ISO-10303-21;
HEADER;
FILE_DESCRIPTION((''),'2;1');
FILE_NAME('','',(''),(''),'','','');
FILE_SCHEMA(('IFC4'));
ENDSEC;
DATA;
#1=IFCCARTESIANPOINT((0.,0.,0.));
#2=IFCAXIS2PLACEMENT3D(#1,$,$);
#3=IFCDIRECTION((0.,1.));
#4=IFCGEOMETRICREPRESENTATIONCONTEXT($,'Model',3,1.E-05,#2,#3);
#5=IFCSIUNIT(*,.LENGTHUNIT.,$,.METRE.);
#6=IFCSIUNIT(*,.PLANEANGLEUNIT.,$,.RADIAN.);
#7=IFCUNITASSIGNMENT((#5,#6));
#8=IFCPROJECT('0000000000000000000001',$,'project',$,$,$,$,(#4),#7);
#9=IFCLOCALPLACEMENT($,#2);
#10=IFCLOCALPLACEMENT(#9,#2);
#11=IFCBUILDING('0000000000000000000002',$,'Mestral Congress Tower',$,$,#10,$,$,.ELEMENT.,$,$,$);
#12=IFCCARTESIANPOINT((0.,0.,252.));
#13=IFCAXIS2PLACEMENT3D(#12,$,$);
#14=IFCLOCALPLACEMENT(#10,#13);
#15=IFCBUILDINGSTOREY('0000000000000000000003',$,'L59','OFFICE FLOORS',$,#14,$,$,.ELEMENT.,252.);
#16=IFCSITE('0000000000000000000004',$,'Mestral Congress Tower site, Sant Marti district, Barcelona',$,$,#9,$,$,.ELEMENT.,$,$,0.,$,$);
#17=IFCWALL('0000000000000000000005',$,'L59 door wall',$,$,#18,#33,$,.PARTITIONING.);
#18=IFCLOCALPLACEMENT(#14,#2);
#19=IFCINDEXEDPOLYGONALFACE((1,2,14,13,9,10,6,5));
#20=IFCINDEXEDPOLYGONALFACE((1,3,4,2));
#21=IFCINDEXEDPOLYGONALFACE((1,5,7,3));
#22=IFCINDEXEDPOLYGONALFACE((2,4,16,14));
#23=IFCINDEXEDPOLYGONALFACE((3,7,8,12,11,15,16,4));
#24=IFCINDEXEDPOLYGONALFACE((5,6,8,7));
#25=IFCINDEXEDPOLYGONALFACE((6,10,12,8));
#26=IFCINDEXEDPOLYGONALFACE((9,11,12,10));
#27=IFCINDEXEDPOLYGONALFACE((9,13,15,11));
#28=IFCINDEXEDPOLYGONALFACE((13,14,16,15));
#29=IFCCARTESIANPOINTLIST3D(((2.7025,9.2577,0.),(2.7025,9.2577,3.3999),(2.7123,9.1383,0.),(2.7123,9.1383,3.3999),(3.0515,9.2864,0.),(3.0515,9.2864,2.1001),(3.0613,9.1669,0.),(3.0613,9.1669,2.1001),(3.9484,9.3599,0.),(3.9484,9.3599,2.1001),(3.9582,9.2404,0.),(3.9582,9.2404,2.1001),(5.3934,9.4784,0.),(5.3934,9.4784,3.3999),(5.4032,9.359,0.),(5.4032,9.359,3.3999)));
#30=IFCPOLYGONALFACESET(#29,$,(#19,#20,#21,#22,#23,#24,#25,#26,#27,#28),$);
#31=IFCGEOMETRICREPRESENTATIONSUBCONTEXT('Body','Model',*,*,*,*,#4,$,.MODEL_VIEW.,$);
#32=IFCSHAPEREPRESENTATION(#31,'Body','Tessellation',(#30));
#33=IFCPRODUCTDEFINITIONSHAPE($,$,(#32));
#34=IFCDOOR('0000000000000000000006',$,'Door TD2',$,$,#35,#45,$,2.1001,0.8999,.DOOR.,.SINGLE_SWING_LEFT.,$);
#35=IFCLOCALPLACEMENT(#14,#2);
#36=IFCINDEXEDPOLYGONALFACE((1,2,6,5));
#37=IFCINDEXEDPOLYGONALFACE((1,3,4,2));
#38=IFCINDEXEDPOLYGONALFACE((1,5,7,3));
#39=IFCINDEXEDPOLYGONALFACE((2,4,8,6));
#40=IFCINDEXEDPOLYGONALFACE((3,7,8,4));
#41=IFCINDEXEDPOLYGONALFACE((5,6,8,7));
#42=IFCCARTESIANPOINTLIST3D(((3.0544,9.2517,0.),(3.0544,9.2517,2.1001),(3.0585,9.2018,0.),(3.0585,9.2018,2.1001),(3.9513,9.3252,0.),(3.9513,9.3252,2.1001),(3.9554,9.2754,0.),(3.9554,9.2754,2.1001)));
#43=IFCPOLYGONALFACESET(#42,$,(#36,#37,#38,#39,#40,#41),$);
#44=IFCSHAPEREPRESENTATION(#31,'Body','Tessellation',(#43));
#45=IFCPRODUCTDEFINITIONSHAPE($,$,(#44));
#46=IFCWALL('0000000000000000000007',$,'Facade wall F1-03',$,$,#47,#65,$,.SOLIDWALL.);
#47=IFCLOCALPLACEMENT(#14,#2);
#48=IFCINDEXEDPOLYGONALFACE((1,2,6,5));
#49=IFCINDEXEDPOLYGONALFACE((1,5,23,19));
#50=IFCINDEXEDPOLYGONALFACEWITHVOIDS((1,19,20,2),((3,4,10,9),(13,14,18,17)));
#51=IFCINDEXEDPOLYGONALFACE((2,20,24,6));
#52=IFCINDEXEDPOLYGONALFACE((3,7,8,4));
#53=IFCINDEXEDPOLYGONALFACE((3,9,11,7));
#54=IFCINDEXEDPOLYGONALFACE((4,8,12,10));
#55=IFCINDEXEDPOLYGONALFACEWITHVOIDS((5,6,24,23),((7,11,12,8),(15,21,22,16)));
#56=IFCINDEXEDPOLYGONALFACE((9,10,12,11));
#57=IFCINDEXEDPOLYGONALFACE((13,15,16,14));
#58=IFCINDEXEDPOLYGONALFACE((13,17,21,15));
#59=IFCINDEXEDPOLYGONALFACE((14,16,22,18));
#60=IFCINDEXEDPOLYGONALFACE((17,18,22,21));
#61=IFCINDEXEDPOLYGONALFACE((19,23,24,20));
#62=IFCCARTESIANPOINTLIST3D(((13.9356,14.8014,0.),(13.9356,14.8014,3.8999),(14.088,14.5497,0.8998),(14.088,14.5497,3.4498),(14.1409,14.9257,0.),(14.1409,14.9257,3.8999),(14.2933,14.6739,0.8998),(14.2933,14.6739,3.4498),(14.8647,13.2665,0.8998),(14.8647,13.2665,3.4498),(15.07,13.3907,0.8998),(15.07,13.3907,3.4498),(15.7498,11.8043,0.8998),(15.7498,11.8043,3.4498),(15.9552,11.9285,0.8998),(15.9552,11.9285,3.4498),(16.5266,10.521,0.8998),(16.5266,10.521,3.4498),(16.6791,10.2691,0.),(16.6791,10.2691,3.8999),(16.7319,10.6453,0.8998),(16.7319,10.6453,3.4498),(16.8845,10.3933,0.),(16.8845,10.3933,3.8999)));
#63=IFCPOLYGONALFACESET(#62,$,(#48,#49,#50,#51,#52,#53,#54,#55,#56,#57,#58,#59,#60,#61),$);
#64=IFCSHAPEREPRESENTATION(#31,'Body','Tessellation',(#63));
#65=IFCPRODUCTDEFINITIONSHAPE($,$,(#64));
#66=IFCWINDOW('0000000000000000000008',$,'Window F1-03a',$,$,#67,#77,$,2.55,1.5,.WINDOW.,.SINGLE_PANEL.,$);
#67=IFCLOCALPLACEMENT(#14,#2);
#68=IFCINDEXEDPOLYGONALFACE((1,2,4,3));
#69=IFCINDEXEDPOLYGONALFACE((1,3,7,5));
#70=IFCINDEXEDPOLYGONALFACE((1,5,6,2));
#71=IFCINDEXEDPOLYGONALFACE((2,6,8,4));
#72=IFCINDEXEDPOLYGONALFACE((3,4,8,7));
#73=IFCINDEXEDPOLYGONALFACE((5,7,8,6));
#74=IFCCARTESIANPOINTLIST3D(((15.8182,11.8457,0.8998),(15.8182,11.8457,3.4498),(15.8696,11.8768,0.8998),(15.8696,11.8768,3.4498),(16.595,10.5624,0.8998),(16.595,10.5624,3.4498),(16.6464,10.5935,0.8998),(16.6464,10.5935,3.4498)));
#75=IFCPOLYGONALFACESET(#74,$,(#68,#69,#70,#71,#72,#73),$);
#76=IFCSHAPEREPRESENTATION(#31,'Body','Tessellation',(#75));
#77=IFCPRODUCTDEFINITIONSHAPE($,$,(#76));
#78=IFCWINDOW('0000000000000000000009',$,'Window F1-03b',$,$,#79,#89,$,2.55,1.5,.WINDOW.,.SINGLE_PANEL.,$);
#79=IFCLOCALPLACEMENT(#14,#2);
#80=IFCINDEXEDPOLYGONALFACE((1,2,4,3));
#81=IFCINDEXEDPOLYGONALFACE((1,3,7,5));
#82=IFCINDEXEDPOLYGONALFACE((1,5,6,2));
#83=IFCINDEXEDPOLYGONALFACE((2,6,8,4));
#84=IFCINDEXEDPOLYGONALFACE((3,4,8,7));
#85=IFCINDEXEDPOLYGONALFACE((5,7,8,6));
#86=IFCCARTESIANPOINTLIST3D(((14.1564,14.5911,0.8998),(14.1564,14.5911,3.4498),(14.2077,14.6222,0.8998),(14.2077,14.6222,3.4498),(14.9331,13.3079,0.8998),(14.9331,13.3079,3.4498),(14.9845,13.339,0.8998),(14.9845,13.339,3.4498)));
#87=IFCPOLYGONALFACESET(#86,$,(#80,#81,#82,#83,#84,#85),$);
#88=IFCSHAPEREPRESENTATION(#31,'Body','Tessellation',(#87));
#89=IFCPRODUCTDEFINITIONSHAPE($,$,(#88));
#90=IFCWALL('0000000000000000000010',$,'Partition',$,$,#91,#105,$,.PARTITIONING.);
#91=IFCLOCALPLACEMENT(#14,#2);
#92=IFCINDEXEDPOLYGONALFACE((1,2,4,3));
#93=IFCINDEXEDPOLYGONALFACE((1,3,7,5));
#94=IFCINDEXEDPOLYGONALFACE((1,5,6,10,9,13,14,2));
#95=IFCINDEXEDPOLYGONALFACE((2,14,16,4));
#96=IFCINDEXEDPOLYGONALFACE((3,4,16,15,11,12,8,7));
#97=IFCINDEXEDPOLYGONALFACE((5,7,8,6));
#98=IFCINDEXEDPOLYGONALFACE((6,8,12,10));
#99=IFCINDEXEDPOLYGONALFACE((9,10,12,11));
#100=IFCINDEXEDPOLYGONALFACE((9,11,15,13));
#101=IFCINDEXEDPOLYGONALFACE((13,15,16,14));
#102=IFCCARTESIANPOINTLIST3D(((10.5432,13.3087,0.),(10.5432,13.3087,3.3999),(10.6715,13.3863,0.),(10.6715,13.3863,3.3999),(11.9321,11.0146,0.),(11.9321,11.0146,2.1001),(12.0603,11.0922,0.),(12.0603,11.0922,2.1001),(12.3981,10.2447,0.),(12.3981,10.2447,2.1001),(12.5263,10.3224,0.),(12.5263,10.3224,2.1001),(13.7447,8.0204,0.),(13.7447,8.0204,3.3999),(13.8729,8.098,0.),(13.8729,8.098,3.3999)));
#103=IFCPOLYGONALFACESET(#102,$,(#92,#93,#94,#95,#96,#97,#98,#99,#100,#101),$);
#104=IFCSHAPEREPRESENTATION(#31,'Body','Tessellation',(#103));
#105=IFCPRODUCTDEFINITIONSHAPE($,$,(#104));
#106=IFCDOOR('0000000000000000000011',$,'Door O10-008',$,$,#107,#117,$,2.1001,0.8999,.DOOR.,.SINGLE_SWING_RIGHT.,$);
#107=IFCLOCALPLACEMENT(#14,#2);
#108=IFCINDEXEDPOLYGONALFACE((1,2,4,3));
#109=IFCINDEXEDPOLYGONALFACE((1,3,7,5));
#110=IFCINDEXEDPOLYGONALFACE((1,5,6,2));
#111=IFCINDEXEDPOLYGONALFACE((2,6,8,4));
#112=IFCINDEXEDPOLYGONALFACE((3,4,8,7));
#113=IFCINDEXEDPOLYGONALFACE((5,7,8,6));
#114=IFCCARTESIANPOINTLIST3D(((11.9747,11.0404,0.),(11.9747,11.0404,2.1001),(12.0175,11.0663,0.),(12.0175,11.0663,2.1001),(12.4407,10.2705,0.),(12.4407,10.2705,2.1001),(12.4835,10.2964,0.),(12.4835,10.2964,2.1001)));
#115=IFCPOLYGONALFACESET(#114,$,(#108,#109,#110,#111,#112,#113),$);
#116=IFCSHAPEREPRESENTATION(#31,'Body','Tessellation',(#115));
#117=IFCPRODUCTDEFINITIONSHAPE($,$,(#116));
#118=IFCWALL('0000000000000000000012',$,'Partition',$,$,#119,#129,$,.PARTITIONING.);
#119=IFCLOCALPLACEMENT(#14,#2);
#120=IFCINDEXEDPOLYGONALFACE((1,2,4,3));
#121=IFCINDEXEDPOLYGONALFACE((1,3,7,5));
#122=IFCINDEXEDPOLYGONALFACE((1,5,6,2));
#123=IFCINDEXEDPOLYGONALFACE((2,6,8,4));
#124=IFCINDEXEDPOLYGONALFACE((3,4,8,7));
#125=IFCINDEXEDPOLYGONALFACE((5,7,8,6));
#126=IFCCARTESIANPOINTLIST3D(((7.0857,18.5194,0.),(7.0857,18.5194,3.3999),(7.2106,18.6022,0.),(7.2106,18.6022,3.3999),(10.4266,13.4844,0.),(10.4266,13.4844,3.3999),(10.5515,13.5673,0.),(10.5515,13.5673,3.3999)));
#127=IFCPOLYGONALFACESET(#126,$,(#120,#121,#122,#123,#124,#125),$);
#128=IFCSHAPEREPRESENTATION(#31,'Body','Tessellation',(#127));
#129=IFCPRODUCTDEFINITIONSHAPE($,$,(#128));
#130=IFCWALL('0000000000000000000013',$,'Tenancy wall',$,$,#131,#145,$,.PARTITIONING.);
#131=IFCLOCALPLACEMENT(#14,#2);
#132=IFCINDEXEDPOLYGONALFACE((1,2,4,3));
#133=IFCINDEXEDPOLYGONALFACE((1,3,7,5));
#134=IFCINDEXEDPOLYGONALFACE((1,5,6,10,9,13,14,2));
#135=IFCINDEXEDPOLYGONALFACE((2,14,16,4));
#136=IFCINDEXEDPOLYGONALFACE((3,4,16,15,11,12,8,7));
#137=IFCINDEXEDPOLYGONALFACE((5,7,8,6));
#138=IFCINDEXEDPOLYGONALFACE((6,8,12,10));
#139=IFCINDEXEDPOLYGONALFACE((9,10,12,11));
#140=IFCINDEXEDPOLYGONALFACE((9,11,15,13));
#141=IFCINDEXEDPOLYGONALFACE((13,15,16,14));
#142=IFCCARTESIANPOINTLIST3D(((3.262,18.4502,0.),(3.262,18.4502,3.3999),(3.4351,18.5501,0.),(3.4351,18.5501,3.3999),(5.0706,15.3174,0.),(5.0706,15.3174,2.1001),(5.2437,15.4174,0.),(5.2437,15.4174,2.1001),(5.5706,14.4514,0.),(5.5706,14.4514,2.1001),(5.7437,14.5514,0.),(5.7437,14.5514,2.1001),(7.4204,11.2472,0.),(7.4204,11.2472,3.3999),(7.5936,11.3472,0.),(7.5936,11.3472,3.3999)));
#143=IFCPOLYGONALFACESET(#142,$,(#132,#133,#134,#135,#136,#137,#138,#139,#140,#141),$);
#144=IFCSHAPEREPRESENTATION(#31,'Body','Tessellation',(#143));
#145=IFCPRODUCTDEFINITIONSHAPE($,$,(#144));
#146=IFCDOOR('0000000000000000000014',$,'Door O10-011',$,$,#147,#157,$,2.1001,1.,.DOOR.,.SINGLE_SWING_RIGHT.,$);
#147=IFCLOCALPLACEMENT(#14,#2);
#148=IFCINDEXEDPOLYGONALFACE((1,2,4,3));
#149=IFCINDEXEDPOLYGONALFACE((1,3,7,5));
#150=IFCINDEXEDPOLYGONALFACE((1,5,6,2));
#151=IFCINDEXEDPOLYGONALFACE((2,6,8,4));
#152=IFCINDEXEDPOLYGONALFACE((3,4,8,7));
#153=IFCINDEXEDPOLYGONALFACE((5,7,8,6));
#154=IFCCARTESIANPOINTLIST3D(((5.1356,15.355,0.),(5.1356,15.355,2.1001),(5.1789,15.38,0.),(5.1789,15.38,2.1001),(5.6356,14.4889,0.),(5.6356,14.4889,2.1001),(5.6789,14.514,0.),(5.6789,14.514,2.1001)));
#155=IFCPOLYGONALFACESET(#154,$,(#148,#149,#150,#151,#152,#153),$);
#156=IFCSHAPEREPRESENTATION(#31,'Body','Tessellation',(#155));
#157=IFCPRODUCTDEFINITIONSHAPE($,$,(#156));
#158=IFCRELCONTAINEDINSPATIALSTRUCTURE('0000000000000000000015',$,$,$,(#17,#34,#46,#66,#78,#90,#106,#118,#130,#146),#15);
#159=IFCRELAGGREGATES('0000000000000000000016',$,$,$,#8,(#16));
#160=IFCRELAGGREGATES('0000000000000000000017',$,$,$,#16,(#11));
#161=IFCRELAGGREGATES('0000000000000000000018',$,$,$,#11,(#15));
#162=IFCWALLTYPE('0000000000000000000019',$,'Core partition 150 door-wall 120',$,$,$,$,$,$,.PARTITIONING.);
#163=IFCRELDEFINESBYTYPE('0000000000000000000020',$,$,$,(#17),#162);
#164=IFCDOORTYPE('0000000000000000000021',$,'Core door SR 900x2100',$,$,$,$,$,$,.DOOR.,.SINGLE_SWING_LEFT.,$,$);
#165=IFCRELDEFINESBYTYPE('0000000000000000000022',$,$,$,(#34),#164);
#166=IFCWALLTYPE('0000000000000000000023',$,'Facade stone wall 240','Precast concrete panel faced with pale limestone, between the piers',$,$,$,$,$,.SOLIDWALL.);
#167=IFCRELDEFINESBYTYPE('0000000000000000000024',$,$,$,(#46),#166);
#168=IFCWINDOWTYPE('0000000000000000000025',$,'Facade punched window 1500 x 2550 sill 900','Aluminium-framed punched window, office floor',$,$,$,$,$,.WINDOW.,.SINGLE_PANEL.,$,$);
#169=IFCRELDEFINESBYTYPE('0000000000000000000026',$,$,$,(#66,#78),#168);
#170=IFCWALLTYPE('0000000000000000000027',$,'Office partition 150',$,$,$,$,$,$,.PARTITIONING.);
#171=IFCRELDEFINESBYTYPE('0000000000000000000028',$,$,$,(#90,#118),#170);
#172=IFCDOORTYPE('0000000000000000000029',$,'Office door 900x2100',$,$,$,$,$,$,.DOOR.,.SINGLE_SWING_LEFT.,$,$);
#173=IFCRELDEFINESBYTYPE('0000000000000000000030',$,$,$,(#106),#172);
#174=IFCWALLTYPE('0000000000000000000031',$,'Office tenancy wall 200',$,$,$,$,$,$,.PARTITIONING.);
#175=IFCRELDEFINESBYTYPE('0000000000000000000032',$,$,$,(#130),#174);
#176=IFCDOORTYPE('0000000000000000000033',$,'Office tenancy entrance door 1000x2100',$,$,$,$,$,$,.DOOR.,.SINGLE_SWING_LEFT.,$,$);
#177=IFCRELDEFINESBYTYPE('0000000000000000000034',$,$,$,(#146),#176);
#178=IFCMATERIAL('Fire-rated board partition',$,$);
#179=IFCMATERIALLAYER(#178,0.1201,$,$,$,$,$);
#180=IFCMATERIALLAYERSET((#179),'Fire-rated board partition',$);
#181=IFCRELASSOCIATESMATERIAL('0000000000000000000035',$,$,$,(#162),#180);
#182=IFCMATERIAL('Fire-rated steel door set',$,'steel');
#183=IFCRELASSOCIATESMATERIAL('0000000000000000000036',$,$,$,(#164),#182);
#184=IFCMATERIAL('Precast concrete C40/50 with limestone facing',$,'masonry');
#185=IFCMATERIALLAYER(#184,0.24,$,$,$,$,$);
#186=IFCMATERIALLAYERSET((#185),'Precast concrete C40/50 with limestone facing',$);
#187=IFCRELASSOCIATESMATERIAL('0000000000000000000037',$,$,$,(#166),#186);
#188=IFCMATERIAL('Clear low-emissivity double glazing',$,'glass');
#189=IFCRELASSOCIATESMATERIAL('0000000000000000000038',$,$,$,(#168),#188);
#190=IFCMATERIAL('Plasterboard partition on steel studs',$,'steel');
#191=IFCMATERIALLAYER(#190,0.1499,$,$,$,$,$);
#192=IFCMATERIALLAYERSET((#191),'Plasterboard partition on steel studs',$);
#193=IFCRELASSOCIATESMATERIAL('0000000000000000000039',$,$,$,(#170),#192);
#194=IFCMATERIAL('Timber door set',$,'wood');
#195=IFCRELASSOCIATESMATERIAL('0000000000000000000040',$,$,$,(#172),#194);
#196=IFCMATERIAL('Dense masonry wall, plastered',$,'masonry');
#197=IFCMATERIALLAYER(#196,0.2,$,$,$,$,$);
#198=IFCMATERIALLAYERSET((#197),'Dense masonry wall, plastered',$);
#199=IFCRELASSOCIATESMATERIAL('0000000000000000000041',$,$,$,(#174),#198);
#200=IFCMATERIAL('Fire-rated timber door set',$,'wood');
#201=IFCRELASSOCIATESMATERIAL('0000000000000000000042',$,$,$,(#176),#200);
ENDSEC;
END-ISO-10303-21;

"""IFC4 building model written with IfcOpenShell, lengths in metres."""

from ifc_helpers import new_model, si_unit, direction, frame, frame_2d, origin, place, context, subcontext, project, spatial, rectangle, extrude, material, layer, layer_set, type_object, element, fill, save


model = new_model("IFC4")

# Units and contexts
model_context = context("Model", 3, precision=1e-05, world=origin(), true_north=direction((0.0, 1.0)))
body_context = subcontext(model_context, "Body", "Model", "MODEL_VIEW")
ifc_project = project(units=[si_unit("LENGTHUNIT", "METRE"), si_unit("PLANEANGLEUNIT", "RADIAN")], contexts=[model_context])

# Site, building, storey
site_placement = place(None, origin())
site = spatial("IfcSite", under=ifc_project, at=site_placement, Name="Mestral Congress Tower site, Sant Marti district, Barcelona", CompositionType="ELEMENT", RefElevation=0.0)
building_placement = place(site_placement, origin())
building = spatial("IfcBuilding", under=site, at=building_placement, Name="Mestral Congress Tower", CompositionType="ELEMENT")
storey_placement = place(building_placement, frame((0.0, 0.0, 252.0)))
storey = spatial("IfcBuildingStorey", under=building, at=storey_placement, Name="L59", Description="OFFICE FLOORS", CompositionType="ELEMENT", Elevation=252.0)

# Shared definitions
ifc_material_1 = material(Name="Fire-rated board partition")

# Wall, opening, door
ifc_layer_1 = layer(ifc_material_1, 0.1201)
ifc_layer_set_1 = layer_set([ifc_layer_1], Name="Fire-rated board partition")
wall_type_1 = type_object("IfcWallType", Name="Core partition 150 door-wall 120", PredefinedType="PARTITIONING", material=ifc_layer_set_1)
wall_1_placement = place(storey_placement, frame((5.3984, 9.4187, 0.0), z_axis=(0.0, 0.0, 1.0), x_axis=(-0.996653, -0.081743, 0.0)))
wall_1 = element("IfcWall", 1, at=wall_1_placement, inside=storey, type_object=wall_type_1, Name="L59 door wall", PredefinedType="PARTITIONING", context=body_context, shape_type="SweptSolid", body=[
    extrude(rectangle(XDim=2.7, YDim=0.1199, at=frame_2d((1.3501, 0.0))), origin(), (0.0, 0.0, 1.0), 3.3999),
])
opening_1_placement = place(wall_1_placement, frame((1.45, 0.0, 0.0)))
opening_1 = element("IfcOpeningElement", 2, at=opening_1_placement, cuts=wall_1, PredefinedType="OPENING", context=body_context, shape_type="SweptSolid", body=[
    extrude(rectangle(XDim=0.8999, YDim=2.1001, at=frame_2d((0.45, 1.05))), frame((0.0, 0.0698, 0.0), z_axis=(0.0, -1.0, 0.0), x_axis=(1.0, 0.0, 0.0)), (0.0, 0.0, 1.0), 0.1399),
])
ifc_material_2 = material(Name="Fire-rated steel door set", Category="steel")
door_type_1 = type_object("IfcDoorType", Name="Core door SR 900x2100", OperationType="SINGLE_SWING_LEFT", PredefinedType="DOOR", material=ifc_material_2)
door_1_placement = place(opening_1_placement, origin())
door_1 = element("IfcDoor", 3, at=door_1_placement, inside=storey, type_object=door_type_1, Name="Door TD2", OperationType="SINGLE_SWING_LEFT", OverallHeight=2.1001, OverallWidth=0.8999, PredefinedType="DOOR", context=body_context, shape_type="SweptSolid", body=[
    extrude(rectangle(XDim=0.8999, YDim=2.1001, at=frame_2d((0.45, 1.05))), frame((0.0, 0.0249, 0.0), z_axis=(0.0, -1.0, 0.0), x_axis=(1.0, 0.0, 0.0)), (0.0, 0.0, 1.0), 0.05),
])
fill(opening_1, door_1)

# Wall, openings, windows
ifc_material_3 = material(Name="Precast concrete C40/50 with limestone facing", Category="masonry")
ifc_layer_2 = layer(ifc_material_3, 0.24)
ifc_layer_set_2 = layer_set([ifc_layer_2], Name="Precast concrete C40/50 with limestone facing")
wall_type_2 = type_object("IfcWallType", Name="Facade stone wall 240", Description="Precast concrete panel faced with pale limestone, between the piers", PredefinedType="SOLIDWALL", material=ifc_layer_set_2)
wall_2_placement = place(storey_placement, frame((16.7817, 10.3313, 0.0), z_axis=(0.0, 0.0, 1.0), x_axis=(-0.517846, 0.855474, 0.0)))
wall_2 = element("IfcWall", 4, at=wall_2_placement, inside=storey, type_object=wall_type_2, Name="Facade wall F1-03", PredefinedType="SOLIDWALL", context=body_context, shape_type="SweptSolid", body=[
    extrude(rectangle(XDim=5.2981, YDim=0.24, at=frame_2d((2.6489, 0.0))), origin(), (0.0, 0.0, 1.0), 3.8999),
])
opening_2_placement = place(wall_2_placement, frame((0.2944, 0.0, 0.8999)))
opening_2 = element("IfcOpeningElement", 5, at=opening_2_placement, cuts=wall_2, PredefinedType="OPENING", context=body_context, shape_type="SweptSolid", body=[
    extrude(rectangle(XDim=1.5, YDim=2.55, at=frame_2d((0.75, 1.2749))), frame((0.0, 0.1299, 0.0), z_axis=(0.0, -1.0, 0.0), x_axis=(1.0, 0.0, 0.0)), (0.0, 0.0, 1.0), 0.26),
])
opening_3_placement = place(wall_2_placement, frame((3.5037, 0.0, 0.8999)))
opening_3 = element("IfcOpeningElement", 6, at=opening_3_placement, cuts=wall_2, PredefinedType="OPENING", context=body_context, shape_type="SweptSolid", body=[
    extrude(rectangle(XDim=1.5, YDim=2.55, at=frame_2d((0.75, 1.2749))), frame((0.0, 0.1299, 0.0), z_axis=(0.0, -1.0, 0.0), x_axis=(1.0, 0.0, 0.0)), (0.0, 0.0, 1.0), 0.26),
])
ifc_material_4 = material(Name="Clear low-emissivity double glazing", Category="glass")
window_type = type_object("IfcWindowType", Name="Facade punched window 1500 x 2550 sill 900", Description="Aluminium-framed punched window, office floor", PartitioningType="SINGLE_PANEL", PredefinedType="WINDOW", material=ifc_material_4)
window_1_placement = place(opening_2_placement, origin())
window_1 = element("IfcWindow", 7, at=window_1_placement, inside=storey, type_object=window_type, Name="Window F1-03a", OverallHeight=2.55, OverallWidth=1.5, PartitioningType="SINGLE_PANEL", PredefinedType="WINDOW", context=body_context, shape_type="SweptSolid", body=[
    extrude(rectangle(XDim=1.5, YDim=2.55, at=frame_2d((0.75, 1.2749))), frame((0.0, 0.04, 0.0), z_axis=(0.0, -1.0, 0.0), x_axis=(1.0, 0.0, 0.0)), (0.0, 0.0, 1.0), 0.0601),
])
fill(opening_2, window_1)
window_2_placement = place(opening_3_placement, origin())
window_2 = element("IfcWindow", 8, at=window_2_placement, inside=storey, type_object=window_type, Name="Window F1-03b", OverallHeight=2.55, OverallWidth=1.5, PartitioningType="SINGLE_PANEL", PredefinedType="WINDOW", context=body_context, shape_type="SweptSolid", body=[
    extrude(rectangle(XDim=1.5, YDim=2.55, at=frame_2d((0.75, 1.2749))), frame((0.0, 0.04, 0.0), z_axis=(0.0, -1.0, 0.0), x_axis=(1.0, 0.0, 0.0)), (0.0, 0.0, 1.0), 0.0601),
])
fill(opening_3, window_2)

# Wall, opening, door
ifc_material_5 = material(Name="Plasterboard partition on steel studs", Category="steel")
ifc_layer_3 = layer(ifc_material_5, 0.1499)
ifc_layer_set_3 = layer_set([ifc_layer_3], Name="Plasterboard partition on steel studs")
wall_type_3 = type_object("IfcWallType", Name="Office partition 150", PredefinedType="PARTITIONING", material=ifc_layer_set_3)
wall_3_placement = place(storey_placement, frame((10.6074, 13.3474, 0.0), z_axis=(0.0, 0.0, 1.0), x_axis=(0.517872, -0.855458, 0.0)))
wall_3 = element("IfcWall", 9, at=wall_3_placement, inside=storey, type_object=wall_type_3, Name="Partition", PredefinedType="PARTITIONING", context=body_context, shape_type="SweptSolid", body=[
    extrude(rectangle(XDim=6.1819, YDim=0.1499, at=frame_2d((3.0908, 0.0))), origin(), (0.0, 0.0, 1.0), 3.3999),
])
opening_4_placement = place(wall_3_placement, frame((2.6816, 0.0, 0.0)))
opening_4 = element("IfcOpeningElement", 10, at=opening_4_placement, cuts=wall_3, PredefinedType="OPENING", context=body_context, shape_type="SweptSolid", body=[
    extrude(rectangle(XDim=0.8999, YDim=2.1001, at=frame_2d((0.45, 1.05))), frame((0.0, 0.085, 0.0), z_axis=(0.0, -1.0, 0.0), x_axis=(1.0, 0.0, 0.0)), (0.0, 0.0, 1.0), 0.1699),
])
ifc_material_6 = material(Name="Timber door set", Category="wood")
door_type_2 = type_object("IfcDoorType", Name="Office door 900x2100", OperationType="SINGLE_SWING_LEFT", PredefinedType="DOOR", material=ifc_material_6)
door_2_placement = place(opening_4_placement, origin())
door_2 = element("IfcDoor", 11, at=door_2_placement, inside=storey, type_object=door_type_2, Name="Door O10-008", OperationType="SINGLE_SWING_RIGHT", OverallHeight=2.1001, OverallWidth=0.8999, PredefinedType="DOOR", context=body_context, shape_type="SweptSolid", body=[
    extrude(rectangle(XDim=0.8999, YDim=2.1001, at=frame_2d((0.45, 1.05))), frame((0.0, 0.0249, 0.0), z_axis=(0.0, -1.0, 0.0), x_axis=(1.0, 0.0, 0.0)), (0.0, 0.0, 1.0), 0.05),
])
fill(opening_4, door_2)

# Wall
wall_4_placement = place(storey_placement, frame((10.489, 13.5259, 0.0), z_axis=(0.0, 0.0, 1.0), x_axis=(-0.55289, 0.833254, 0.0)))
element("IfcWall", 12, at=wall_4_placement, inside=storey, type_object=wall_type_3, Name="Partition", PredefinedType="PARTITIONING", context=body_context, shape_type="SweptSolid", body=[
    extrude(rectangle(XDim=6.0425, YDim=0.1499, at=frame_2d((3.0212, 0.0))), origin(), (0.0, 0.0, 1.0), 3.3999),
])

# Wall, opening, door
ifc_material_7 = material(Name="Dense masonry wall, plastered", Category="masonry")
ifc_layer_4 = layer(ifc_material_7, 0.2)
ifc_layer_set_4 = layer_set([ifc_layer_4], Name="Dense masonry wall, plastered")
wall_type_4 = type_object("IfcWallType", Name="Office tenancy wall 200", PredefinedType="PARTITIONING", material=ifc_layer_set_4)
wall_5_placement = place(storey_placement, frame((7.5071, 11.2971, 0.0), z_axis=(0.0, 0.0, 1.0), x_axis=(-0.499988, 0.866033, 0.0)))
wall_5 = element("IfcWall", 13, at=wall_5_placement, inside=storey, type_object=wall_type_4, Name="Tenancy wall", PredefinedType="PARTITIONING", context=body_context, shape_type="SweptSolid", body=[
    extrude(rectangle(XDim=8.3171, YDim=0.2, at=frame_2d((4.1587, 0.0))), origin(), (0.0, 0.0, 1.0), 3.3999),
])
opening_5_placement = place(wall_5_placement, frame((3.7, 0.0, 0.0)))
opening_5 = element("IfcOpeningElement", 14, at=opening_5_placement, cuts=wall_5, PredefinedType="OPENING", context=body_context, shape_type="SweptSolid", body=[
    extrude(rectangle(XDim=1.0, YDim=2.1001, at=frame_2d((0.5, 1.05))), frame((0.0, 0.1099, 0.0), z_axis=(0.0, -1.0, 0.0), x_axis=(1.0, 0.0, 0.0)), (0.0, 0.0, 1.0), 0.22),
])
ifc_material_8 = material(Name="Fire-rated timber door set", Category="wood")
door_type_3 = type_object("IfcDoorType", Name="Office tenancy entrance door 1000x2100", OperationType="SINGLE_SWING_LEFT", PredefinedType="DOOR", material=ifc_material_8)
door_3_placement = place(opening_5_placement, origin())
door_3 = element("IfcDoor", 15, at=door_3_placement, inside=storey, type_object=door_type_3, Name="Door O10-011", OperationType="SINGLE_SWING_RIGHT", OverallHeight=2.1001, OverallWidth=1.0, PredefinedType="DOOR", context=body_context, shape_type="SweptSolid", body=[
    extrude(rectangle(XDim=1.0, YDim=2.1001, at=frame_2d((0.5, 1.05))), frame((0.0, 0.0249, 0.0), z_axis=(0.0, -1.0, 0.0), x_axis=(1.0, 0.0, 0.0)), (0.0, 0.0, 1.0), 0.05),
])
fill(opening_5, door_3)

save(model, "model.ifc")
